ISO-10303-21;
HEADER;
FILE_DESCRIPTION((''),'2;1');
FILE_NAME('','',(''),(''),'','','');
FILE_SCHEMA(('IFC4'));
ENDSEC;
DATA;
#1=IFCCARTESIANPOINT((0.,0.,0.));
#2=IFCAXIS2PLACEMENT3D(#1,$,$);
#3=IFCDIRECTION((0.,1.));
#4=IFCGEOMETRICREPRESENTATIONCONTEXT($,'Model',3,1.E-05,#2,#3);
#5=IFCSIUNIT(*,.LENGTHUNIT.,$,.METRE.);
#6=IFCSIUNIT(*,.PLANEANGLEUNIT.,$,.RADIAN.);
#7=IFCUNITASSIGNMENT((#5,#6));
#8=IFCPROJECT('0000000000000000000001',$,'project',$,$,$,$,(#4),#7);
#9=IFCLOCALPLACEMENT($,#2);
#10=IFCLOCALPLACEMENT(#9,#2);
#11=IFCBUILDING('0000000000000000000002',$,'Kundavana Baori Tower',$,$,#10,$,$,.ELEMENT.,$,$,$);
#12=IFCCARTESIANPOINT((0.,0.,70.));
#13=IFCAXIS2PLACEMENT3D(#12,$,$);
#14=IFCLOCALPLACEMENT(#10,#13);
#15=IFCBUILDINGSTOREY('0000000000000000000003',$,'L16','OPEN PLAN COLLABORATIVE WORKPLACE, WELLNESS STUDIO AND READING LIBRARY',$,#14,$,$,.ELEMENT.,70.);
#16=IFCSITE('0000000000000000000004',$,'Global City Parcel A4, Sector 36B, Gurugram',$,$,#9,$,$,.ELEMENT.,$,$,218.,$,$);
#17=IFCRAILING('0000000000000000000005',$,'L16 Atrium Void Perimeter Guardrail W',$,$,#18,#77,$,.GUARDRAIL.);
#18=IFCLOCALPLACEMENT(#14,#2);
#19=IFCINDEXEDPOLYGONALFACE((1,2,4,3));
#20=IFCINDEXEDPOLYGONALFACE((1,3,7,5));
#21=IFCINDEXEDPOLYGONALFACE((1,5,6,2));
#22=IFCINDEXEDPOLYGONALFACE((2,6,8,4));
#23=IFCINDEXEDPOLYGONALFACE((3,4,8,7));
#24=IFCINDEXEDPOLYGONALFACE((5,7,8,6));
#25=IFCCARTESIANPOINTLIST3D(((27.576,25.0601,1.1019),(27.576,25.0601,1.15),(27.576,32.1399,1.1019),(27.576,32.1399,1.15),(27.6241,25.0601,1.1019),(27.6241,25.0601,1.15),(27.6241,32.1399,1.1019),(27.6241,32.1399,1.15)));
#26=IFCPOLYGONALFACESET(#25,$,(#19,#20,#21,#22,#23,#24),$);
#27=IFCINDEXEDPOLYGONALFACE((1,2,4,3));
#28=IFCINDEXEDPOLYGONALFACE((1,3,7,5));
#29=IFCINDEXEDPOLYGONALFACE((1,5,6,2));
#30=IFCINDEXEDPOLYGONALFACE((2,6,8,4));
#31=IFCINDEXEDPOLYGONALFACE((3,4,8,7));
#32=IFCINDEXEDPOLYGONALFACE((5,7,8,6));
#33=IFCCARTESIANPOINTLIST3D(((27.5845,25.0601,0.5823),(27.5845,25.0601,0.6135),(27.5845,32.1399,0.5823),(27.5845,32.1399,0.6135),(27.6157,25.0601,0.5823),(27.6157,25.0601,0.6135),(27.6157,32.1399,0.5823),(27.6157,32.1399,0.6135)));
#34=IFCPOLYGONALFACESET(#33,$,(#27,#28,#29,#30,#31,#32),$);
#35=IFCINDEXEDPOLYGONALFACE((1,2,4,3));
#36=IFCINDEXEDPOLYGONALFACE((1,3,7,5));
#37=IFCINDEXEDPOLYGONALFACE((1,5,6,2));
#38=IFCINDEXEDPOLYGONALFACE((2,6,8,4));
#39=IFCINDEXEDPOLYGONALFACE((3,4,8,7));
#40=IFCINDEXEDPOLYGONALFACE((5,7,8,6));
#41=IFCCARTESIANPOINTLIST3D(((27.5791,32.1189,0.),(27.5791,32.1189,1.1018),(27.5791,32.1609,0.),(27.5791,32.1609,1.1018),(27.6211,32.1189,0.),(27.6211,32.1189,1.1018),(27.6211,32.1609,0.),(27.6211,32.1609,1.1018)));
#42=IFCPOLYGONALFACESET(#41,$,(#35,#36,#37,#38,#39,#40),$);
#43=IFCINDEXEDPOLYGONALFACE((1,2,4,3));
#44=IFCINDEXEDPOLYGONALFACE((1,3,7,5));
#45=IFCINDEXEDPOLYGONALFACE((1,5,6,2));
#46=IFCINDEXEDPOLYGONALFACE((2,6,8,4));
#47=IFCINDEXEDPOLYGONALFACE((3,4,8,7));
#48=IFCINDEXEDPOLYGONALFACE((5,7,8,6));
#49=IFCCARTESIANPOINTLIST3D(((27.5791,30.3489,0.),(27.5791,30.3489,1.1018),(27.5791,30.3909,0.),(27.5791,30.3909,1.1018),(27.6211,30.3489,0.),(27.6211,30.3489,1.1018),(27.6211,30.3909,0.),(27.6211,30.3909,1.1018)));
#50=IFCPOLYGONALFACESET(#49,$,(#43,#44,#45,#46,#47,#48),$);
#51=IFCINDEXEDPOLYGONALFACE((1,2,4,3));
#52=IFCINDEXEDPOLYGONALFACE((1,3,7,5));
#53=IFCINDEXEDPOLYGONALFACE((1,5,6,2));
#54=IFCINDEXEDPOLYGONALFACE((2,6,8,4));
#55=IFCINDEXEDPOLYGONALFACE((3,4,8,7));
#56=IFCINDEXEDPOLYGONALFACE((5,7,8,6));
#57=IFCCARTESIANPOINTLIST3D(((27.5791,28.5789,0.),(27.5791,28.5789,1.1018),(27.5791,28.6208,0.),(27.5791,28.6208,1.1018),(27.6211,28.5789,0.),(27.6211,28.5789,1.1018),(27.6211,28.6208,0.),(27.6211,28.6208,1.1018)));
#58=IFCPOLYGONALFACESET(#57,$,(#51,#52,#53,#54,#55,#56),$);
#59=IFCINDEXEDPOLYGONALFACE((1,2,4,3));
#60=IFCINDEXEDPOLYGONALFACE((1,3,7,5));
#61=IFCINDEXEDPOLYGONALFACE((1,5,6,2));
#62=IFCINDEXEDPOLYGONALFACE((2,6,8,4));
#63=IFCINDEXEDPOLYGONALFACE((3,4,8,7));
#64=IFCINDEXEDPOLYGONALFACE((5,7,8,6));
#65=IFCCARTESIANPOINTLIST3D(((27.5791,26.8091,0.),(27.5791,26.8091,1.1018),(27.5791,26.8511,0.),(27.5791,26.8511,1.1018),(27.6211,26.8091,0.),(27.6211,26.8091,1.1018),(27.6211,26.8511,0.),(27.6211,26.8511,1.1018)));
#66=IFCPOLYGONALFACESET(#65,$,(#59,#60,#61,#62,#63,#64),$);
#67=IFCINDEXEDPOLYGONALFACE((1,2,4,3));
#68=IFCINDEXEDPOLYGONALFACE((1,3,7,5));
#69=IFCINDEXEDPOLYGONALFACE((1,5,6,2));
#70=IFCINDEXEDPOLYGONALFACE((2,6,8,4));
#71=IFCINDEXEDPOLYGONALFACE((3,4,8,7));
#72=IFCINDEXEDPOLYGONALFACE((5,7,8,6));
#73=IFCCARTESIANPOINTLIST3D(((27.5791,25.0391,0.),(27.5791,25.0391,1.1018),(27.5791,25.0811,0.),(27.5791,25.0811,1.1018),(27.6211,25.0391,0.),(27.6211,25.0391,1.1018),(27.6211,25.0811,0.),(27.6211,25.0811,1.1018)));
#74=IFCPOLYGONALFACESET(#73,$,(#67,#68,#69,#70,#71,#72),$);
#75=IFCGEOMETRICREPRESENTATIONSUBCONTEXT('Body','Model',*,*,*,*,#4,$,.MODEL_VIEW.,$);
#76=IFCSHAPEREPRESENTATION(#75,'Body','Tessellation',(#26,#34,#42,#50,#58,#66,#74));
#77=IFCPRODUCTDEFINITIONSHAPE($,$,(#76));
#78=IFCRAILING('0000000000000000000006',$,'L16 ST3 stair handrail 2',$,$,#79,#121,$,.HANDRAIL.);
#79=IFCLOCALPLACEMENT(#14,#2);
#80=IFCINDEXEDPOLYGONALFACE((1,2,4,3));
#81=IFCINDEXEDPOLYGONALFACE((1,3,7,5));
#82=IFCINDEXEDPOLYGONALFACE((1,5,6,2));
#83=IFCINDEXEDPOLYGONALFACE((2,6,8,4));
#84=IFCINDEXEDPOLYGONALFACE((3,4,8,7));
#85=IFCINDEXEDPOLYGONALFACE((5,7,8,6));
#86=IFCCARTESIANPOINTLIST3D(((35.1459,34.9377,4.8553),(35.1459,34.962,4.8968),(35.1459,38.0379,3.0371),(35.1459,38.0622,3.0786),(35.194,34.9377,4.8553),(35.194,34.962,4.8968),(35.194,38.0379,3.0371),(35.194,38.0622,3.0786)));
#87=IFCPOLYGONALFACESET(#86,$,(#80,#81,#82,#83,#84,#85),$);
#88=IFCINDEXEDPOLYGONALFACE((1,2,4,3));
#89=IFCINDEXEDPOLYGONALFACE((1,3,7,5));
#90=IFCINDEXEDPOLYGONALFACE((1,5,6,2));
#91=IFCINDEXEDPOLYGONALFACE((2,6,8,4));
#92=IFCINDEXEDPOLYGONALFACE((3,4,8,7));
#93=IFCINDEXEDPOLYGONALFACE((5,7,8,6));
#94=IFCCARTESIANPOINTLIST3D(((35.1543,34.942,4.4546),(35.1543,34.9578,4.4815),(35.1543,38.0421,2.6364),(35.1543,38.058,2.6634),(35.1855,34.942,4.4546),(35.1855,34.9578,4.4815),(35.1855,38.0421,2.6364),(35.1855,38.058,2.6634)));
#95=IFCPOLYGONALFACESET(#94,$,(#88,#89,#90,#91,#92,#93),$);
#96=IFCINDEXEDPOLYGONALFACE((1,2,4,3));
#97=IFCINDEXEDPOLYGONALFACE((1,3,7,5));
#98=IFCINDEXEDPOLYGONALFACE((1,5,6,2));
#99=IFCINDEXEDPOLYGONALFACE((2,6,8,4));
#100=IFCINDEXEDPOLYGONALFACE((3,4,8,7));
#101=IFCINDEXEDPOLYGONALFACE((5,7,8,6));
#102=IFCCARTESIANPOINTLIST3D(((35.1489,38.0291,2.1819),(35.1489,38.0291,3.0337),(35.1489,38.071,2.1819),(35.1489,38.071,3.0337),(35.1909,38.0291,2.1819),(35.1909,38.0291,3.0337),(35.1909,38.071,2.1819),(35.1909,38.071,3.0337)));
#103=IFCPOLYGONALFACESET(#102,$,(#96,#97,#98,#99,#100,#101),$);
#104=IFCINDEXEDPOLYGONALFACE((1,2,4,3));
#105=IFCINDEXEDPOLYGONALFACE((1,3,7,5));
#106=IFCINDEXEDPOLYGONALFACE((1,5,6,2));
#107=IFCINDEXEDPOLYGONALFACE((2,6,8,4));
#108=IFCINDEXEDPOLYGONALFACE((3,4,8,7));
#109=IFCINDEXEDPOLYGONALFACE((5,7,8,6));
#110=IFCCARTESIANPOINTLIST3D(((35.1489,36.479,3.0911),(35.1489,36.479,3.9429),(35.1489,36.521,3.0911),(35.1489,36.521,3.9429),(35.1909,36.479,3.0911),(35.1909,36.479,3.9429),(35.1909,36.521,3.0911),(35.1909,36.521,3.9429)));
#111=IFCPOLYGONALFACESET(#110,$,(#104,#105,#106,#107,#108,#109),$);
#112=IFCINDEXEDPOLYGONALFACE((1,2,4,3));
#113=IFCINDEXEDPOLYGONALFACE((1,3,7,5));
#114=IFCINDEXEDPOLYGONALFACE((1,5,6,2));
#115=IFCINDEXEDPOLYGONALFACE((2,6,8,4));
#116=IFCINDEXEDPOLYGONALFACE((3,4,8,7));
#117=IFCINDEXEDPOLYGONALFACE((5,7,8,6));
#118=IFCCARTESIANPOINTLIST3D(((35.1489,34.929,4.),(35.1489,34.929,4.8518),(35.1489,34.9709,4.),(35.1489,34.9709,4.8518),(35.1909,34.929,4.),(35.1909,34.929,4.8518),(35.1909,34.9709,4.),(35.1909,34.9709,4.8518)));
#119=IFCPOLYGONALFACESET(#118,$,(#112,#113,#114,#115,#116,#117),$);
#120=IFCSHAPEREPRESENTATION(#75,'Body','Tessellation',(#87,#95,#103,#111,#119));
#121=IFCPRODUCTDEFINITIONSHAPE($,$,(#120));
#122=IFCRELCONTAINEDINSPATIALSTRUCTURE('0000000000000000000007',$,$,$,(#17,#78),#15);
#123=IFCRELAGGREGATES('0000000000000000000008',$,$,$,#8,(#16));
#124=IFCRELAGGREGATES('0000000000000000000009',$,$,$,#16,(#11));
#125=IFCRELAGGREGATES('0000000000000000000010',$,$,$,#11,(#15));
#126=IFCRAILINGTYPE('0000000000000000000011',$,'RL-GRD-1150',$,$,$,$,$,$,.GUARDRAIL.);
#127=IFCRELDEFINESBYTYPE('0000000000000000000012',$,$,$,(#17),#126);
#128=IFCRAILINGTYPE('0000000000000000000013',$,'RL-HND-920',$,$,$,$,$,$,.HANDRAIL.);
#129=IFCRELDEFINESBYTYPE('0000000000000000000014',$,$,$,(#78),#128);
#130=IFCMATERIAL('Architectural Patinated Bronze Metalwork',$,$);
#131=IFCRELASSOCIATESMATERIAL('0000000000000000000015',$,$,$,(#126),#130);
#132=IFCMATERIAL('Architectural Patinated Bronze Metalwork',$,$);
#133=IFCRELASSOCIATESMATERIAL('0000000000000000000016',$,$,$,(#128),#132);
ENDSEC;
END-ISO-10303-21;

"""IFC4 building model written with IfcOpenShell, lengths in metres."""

from ifc_helpers import new_model, si_unit, direction, frame, origin, origin_2d, place, context, subcontext, project, spatial, rectangle, extrude, material, type_object, element, save


model = new_model("IFC4")

# Units and contexts
model_context = context("Model", 3, precision=1e-05, world=origin(), true_north=direction((0.0, 1.0)))
body_context = subcontext(model_context, "Body", "Model", "MODEL_VIEW")
ifc_project = project(units=[si_unit("LENGTHUNIT", "METRE"), si_unit("PLANEANGLEUNIT", "RADIAN")], contexts=[model_context])

# Site, building, storey
site_placement = place(None, origin())
site = spatial("IfcSite", under=ifc_project, at=site_placement, Name="Global City Parcel A4, Sector 36B, Gurugram", CompositionType="ELEMENT", RefElevation=218.0)
building_placement = place(site_placement, origin())
building = spatial("IfcBuilding", under=site, at=building_placement, Name="Kundavana Baori Tower", CompositionType="ELEMENT")
storey_placement = place(building_placement, frame((0.0, 0.0, 70.0)))
storey = spatial("IfcBuildingStorey", under=building, at=storey_placement, Name="L16", Description="OPEN PLAN COLLABORATIVE WORKPLACE, WELLNESS STUDIO AND READING LIBRARY", CompositionType="ELEMENT", Elevation=70.0)

# Railings
ifc_material_1 = material(Name="Architectural Patinated Bronze Metalwork")
railing_type_1 = type_object("IfcRailingType", Name="RL-GRD-1150", PredefinedType="GUARDRAIL", material=ifc_material_1)
railing_1_placement = place(storey_placement, frame((27.6001, 32.1399, 0.0)))
element("IfcRailing", 1, at=railing_1_placement, inside=storey, type_object=railing_type_1, Name="L16 Atrium Void Perimeter Guardrail W", PredefinedType="GUARDRAIL", context=body_context, shape_type="SweptSolid", body=[
    extrude(rectangle(XDim=0.0481, YDim=0.0481, at=origin_2d()), frame((0.0, 0.0, 1.126), z_axis=(0.0, -1.0, 0.0), x_axis=(1.0, 0.0, 0.0)), (0.0, 0.0, 1.0), 7.0798),
    extrude(rectangle(XDim=0.0312, YDim=0.0312, at=origin_2d()), frame((0.0, 0.0, 0.5979), z_axis=(0.0, -1.0, 0.0), x_axis=(1.0, 0.0, 0.0)), (0.0, 0.0, 1.0), 7.0798),
    extrude(rectangle(XDim=0.042, YDim=0.042, at=origin_2d()), origin(), (0.0, 0.0, 1.0), 1.1018),
    extrude(rectangle(XDim=0.042, YDim=0.042, at=origin_2d()), frame((0.0, -1.77, 0.0)), (0.0, 0.0, 1.0), 1.1018),
    extrude(rectangle(XDim=0.042, YDim=0.042, at=origin_2d()), frame((0.0, -3.54, 0.0)), (0.0, 0.0, 1.0), 1.1018),
    extrude(rectangle(XDim=0.042, YDim=0.042, at=origin_2d()), frame((0.0, -5.3098, 0.0)), (0.0, 0.0, 1.0), 1.1018),
    extrude(rectangle(XDim=0.042, YDim=0.042, at=origin_2d()), frame((0.0, -7.0798, 0.0)), (0.0, 0.0, 1.0), 1.1018),
])
ifc_material_2 = material(Name="Architectural Patinated Bronze Metalwork")
railing_type_2 = type_object("IfcRailingType", Name="RL-HND-920", PredefinedType="HANDRAIL", material=ifc_material_2)
railing_2_placement = place(storey_placement, frame((35.1699, 38.05, 2.1819)))
element("IfcRailing", 2, at=railing_2_placement, inside=storey, type_object=railing_type_2, Name="L16 ST3 stair handrail 2", PredefinedType="HANDRAIL", context=body_context, shape_type="SweptSolid", body=[
    extrude(rectangle(XDim=0.0481, YDim=0.0481, at=origin_2d()), frame((0.0, 0.0, 0.876), z_axis=(0.0, -0.862599, 0.505889), x_axis=(1.0, 0.0, 0.0)), (0.0, 0.0, 1.0), 3.594),
    extrude(rectangle(XDim=0.0312, YDim=0.0312, at=origin_2d()), frame((0.0, 0.0, 0.468), z_axis=(0.0, -0.862599, 0.505889), x_axis=(1.0, 0.0, 0.0)), (0.0, 0.0, 1.0), 3.594),
    extrude(rectangle(XDim=0.042, YDim=0.042, at=origin_2d()), origin(), (0.0, 0.0, 1.0), 0.8518),
    extrude(rectangle(XDim=0.042, YDim=0.042, at=origin_2d()), frame((0.0, -1.55, 0.9092)), (0.0, 0.0, 1.0), 0.8518),
    extrude(rectangle(XDim=0.042, YDim=0.042, at=origin_2d()), frame((0.0, -3.1001, 1.8181)), (0.0, 0.0, 1.0), 0.8518),
])

save(model, "model.ifc")
